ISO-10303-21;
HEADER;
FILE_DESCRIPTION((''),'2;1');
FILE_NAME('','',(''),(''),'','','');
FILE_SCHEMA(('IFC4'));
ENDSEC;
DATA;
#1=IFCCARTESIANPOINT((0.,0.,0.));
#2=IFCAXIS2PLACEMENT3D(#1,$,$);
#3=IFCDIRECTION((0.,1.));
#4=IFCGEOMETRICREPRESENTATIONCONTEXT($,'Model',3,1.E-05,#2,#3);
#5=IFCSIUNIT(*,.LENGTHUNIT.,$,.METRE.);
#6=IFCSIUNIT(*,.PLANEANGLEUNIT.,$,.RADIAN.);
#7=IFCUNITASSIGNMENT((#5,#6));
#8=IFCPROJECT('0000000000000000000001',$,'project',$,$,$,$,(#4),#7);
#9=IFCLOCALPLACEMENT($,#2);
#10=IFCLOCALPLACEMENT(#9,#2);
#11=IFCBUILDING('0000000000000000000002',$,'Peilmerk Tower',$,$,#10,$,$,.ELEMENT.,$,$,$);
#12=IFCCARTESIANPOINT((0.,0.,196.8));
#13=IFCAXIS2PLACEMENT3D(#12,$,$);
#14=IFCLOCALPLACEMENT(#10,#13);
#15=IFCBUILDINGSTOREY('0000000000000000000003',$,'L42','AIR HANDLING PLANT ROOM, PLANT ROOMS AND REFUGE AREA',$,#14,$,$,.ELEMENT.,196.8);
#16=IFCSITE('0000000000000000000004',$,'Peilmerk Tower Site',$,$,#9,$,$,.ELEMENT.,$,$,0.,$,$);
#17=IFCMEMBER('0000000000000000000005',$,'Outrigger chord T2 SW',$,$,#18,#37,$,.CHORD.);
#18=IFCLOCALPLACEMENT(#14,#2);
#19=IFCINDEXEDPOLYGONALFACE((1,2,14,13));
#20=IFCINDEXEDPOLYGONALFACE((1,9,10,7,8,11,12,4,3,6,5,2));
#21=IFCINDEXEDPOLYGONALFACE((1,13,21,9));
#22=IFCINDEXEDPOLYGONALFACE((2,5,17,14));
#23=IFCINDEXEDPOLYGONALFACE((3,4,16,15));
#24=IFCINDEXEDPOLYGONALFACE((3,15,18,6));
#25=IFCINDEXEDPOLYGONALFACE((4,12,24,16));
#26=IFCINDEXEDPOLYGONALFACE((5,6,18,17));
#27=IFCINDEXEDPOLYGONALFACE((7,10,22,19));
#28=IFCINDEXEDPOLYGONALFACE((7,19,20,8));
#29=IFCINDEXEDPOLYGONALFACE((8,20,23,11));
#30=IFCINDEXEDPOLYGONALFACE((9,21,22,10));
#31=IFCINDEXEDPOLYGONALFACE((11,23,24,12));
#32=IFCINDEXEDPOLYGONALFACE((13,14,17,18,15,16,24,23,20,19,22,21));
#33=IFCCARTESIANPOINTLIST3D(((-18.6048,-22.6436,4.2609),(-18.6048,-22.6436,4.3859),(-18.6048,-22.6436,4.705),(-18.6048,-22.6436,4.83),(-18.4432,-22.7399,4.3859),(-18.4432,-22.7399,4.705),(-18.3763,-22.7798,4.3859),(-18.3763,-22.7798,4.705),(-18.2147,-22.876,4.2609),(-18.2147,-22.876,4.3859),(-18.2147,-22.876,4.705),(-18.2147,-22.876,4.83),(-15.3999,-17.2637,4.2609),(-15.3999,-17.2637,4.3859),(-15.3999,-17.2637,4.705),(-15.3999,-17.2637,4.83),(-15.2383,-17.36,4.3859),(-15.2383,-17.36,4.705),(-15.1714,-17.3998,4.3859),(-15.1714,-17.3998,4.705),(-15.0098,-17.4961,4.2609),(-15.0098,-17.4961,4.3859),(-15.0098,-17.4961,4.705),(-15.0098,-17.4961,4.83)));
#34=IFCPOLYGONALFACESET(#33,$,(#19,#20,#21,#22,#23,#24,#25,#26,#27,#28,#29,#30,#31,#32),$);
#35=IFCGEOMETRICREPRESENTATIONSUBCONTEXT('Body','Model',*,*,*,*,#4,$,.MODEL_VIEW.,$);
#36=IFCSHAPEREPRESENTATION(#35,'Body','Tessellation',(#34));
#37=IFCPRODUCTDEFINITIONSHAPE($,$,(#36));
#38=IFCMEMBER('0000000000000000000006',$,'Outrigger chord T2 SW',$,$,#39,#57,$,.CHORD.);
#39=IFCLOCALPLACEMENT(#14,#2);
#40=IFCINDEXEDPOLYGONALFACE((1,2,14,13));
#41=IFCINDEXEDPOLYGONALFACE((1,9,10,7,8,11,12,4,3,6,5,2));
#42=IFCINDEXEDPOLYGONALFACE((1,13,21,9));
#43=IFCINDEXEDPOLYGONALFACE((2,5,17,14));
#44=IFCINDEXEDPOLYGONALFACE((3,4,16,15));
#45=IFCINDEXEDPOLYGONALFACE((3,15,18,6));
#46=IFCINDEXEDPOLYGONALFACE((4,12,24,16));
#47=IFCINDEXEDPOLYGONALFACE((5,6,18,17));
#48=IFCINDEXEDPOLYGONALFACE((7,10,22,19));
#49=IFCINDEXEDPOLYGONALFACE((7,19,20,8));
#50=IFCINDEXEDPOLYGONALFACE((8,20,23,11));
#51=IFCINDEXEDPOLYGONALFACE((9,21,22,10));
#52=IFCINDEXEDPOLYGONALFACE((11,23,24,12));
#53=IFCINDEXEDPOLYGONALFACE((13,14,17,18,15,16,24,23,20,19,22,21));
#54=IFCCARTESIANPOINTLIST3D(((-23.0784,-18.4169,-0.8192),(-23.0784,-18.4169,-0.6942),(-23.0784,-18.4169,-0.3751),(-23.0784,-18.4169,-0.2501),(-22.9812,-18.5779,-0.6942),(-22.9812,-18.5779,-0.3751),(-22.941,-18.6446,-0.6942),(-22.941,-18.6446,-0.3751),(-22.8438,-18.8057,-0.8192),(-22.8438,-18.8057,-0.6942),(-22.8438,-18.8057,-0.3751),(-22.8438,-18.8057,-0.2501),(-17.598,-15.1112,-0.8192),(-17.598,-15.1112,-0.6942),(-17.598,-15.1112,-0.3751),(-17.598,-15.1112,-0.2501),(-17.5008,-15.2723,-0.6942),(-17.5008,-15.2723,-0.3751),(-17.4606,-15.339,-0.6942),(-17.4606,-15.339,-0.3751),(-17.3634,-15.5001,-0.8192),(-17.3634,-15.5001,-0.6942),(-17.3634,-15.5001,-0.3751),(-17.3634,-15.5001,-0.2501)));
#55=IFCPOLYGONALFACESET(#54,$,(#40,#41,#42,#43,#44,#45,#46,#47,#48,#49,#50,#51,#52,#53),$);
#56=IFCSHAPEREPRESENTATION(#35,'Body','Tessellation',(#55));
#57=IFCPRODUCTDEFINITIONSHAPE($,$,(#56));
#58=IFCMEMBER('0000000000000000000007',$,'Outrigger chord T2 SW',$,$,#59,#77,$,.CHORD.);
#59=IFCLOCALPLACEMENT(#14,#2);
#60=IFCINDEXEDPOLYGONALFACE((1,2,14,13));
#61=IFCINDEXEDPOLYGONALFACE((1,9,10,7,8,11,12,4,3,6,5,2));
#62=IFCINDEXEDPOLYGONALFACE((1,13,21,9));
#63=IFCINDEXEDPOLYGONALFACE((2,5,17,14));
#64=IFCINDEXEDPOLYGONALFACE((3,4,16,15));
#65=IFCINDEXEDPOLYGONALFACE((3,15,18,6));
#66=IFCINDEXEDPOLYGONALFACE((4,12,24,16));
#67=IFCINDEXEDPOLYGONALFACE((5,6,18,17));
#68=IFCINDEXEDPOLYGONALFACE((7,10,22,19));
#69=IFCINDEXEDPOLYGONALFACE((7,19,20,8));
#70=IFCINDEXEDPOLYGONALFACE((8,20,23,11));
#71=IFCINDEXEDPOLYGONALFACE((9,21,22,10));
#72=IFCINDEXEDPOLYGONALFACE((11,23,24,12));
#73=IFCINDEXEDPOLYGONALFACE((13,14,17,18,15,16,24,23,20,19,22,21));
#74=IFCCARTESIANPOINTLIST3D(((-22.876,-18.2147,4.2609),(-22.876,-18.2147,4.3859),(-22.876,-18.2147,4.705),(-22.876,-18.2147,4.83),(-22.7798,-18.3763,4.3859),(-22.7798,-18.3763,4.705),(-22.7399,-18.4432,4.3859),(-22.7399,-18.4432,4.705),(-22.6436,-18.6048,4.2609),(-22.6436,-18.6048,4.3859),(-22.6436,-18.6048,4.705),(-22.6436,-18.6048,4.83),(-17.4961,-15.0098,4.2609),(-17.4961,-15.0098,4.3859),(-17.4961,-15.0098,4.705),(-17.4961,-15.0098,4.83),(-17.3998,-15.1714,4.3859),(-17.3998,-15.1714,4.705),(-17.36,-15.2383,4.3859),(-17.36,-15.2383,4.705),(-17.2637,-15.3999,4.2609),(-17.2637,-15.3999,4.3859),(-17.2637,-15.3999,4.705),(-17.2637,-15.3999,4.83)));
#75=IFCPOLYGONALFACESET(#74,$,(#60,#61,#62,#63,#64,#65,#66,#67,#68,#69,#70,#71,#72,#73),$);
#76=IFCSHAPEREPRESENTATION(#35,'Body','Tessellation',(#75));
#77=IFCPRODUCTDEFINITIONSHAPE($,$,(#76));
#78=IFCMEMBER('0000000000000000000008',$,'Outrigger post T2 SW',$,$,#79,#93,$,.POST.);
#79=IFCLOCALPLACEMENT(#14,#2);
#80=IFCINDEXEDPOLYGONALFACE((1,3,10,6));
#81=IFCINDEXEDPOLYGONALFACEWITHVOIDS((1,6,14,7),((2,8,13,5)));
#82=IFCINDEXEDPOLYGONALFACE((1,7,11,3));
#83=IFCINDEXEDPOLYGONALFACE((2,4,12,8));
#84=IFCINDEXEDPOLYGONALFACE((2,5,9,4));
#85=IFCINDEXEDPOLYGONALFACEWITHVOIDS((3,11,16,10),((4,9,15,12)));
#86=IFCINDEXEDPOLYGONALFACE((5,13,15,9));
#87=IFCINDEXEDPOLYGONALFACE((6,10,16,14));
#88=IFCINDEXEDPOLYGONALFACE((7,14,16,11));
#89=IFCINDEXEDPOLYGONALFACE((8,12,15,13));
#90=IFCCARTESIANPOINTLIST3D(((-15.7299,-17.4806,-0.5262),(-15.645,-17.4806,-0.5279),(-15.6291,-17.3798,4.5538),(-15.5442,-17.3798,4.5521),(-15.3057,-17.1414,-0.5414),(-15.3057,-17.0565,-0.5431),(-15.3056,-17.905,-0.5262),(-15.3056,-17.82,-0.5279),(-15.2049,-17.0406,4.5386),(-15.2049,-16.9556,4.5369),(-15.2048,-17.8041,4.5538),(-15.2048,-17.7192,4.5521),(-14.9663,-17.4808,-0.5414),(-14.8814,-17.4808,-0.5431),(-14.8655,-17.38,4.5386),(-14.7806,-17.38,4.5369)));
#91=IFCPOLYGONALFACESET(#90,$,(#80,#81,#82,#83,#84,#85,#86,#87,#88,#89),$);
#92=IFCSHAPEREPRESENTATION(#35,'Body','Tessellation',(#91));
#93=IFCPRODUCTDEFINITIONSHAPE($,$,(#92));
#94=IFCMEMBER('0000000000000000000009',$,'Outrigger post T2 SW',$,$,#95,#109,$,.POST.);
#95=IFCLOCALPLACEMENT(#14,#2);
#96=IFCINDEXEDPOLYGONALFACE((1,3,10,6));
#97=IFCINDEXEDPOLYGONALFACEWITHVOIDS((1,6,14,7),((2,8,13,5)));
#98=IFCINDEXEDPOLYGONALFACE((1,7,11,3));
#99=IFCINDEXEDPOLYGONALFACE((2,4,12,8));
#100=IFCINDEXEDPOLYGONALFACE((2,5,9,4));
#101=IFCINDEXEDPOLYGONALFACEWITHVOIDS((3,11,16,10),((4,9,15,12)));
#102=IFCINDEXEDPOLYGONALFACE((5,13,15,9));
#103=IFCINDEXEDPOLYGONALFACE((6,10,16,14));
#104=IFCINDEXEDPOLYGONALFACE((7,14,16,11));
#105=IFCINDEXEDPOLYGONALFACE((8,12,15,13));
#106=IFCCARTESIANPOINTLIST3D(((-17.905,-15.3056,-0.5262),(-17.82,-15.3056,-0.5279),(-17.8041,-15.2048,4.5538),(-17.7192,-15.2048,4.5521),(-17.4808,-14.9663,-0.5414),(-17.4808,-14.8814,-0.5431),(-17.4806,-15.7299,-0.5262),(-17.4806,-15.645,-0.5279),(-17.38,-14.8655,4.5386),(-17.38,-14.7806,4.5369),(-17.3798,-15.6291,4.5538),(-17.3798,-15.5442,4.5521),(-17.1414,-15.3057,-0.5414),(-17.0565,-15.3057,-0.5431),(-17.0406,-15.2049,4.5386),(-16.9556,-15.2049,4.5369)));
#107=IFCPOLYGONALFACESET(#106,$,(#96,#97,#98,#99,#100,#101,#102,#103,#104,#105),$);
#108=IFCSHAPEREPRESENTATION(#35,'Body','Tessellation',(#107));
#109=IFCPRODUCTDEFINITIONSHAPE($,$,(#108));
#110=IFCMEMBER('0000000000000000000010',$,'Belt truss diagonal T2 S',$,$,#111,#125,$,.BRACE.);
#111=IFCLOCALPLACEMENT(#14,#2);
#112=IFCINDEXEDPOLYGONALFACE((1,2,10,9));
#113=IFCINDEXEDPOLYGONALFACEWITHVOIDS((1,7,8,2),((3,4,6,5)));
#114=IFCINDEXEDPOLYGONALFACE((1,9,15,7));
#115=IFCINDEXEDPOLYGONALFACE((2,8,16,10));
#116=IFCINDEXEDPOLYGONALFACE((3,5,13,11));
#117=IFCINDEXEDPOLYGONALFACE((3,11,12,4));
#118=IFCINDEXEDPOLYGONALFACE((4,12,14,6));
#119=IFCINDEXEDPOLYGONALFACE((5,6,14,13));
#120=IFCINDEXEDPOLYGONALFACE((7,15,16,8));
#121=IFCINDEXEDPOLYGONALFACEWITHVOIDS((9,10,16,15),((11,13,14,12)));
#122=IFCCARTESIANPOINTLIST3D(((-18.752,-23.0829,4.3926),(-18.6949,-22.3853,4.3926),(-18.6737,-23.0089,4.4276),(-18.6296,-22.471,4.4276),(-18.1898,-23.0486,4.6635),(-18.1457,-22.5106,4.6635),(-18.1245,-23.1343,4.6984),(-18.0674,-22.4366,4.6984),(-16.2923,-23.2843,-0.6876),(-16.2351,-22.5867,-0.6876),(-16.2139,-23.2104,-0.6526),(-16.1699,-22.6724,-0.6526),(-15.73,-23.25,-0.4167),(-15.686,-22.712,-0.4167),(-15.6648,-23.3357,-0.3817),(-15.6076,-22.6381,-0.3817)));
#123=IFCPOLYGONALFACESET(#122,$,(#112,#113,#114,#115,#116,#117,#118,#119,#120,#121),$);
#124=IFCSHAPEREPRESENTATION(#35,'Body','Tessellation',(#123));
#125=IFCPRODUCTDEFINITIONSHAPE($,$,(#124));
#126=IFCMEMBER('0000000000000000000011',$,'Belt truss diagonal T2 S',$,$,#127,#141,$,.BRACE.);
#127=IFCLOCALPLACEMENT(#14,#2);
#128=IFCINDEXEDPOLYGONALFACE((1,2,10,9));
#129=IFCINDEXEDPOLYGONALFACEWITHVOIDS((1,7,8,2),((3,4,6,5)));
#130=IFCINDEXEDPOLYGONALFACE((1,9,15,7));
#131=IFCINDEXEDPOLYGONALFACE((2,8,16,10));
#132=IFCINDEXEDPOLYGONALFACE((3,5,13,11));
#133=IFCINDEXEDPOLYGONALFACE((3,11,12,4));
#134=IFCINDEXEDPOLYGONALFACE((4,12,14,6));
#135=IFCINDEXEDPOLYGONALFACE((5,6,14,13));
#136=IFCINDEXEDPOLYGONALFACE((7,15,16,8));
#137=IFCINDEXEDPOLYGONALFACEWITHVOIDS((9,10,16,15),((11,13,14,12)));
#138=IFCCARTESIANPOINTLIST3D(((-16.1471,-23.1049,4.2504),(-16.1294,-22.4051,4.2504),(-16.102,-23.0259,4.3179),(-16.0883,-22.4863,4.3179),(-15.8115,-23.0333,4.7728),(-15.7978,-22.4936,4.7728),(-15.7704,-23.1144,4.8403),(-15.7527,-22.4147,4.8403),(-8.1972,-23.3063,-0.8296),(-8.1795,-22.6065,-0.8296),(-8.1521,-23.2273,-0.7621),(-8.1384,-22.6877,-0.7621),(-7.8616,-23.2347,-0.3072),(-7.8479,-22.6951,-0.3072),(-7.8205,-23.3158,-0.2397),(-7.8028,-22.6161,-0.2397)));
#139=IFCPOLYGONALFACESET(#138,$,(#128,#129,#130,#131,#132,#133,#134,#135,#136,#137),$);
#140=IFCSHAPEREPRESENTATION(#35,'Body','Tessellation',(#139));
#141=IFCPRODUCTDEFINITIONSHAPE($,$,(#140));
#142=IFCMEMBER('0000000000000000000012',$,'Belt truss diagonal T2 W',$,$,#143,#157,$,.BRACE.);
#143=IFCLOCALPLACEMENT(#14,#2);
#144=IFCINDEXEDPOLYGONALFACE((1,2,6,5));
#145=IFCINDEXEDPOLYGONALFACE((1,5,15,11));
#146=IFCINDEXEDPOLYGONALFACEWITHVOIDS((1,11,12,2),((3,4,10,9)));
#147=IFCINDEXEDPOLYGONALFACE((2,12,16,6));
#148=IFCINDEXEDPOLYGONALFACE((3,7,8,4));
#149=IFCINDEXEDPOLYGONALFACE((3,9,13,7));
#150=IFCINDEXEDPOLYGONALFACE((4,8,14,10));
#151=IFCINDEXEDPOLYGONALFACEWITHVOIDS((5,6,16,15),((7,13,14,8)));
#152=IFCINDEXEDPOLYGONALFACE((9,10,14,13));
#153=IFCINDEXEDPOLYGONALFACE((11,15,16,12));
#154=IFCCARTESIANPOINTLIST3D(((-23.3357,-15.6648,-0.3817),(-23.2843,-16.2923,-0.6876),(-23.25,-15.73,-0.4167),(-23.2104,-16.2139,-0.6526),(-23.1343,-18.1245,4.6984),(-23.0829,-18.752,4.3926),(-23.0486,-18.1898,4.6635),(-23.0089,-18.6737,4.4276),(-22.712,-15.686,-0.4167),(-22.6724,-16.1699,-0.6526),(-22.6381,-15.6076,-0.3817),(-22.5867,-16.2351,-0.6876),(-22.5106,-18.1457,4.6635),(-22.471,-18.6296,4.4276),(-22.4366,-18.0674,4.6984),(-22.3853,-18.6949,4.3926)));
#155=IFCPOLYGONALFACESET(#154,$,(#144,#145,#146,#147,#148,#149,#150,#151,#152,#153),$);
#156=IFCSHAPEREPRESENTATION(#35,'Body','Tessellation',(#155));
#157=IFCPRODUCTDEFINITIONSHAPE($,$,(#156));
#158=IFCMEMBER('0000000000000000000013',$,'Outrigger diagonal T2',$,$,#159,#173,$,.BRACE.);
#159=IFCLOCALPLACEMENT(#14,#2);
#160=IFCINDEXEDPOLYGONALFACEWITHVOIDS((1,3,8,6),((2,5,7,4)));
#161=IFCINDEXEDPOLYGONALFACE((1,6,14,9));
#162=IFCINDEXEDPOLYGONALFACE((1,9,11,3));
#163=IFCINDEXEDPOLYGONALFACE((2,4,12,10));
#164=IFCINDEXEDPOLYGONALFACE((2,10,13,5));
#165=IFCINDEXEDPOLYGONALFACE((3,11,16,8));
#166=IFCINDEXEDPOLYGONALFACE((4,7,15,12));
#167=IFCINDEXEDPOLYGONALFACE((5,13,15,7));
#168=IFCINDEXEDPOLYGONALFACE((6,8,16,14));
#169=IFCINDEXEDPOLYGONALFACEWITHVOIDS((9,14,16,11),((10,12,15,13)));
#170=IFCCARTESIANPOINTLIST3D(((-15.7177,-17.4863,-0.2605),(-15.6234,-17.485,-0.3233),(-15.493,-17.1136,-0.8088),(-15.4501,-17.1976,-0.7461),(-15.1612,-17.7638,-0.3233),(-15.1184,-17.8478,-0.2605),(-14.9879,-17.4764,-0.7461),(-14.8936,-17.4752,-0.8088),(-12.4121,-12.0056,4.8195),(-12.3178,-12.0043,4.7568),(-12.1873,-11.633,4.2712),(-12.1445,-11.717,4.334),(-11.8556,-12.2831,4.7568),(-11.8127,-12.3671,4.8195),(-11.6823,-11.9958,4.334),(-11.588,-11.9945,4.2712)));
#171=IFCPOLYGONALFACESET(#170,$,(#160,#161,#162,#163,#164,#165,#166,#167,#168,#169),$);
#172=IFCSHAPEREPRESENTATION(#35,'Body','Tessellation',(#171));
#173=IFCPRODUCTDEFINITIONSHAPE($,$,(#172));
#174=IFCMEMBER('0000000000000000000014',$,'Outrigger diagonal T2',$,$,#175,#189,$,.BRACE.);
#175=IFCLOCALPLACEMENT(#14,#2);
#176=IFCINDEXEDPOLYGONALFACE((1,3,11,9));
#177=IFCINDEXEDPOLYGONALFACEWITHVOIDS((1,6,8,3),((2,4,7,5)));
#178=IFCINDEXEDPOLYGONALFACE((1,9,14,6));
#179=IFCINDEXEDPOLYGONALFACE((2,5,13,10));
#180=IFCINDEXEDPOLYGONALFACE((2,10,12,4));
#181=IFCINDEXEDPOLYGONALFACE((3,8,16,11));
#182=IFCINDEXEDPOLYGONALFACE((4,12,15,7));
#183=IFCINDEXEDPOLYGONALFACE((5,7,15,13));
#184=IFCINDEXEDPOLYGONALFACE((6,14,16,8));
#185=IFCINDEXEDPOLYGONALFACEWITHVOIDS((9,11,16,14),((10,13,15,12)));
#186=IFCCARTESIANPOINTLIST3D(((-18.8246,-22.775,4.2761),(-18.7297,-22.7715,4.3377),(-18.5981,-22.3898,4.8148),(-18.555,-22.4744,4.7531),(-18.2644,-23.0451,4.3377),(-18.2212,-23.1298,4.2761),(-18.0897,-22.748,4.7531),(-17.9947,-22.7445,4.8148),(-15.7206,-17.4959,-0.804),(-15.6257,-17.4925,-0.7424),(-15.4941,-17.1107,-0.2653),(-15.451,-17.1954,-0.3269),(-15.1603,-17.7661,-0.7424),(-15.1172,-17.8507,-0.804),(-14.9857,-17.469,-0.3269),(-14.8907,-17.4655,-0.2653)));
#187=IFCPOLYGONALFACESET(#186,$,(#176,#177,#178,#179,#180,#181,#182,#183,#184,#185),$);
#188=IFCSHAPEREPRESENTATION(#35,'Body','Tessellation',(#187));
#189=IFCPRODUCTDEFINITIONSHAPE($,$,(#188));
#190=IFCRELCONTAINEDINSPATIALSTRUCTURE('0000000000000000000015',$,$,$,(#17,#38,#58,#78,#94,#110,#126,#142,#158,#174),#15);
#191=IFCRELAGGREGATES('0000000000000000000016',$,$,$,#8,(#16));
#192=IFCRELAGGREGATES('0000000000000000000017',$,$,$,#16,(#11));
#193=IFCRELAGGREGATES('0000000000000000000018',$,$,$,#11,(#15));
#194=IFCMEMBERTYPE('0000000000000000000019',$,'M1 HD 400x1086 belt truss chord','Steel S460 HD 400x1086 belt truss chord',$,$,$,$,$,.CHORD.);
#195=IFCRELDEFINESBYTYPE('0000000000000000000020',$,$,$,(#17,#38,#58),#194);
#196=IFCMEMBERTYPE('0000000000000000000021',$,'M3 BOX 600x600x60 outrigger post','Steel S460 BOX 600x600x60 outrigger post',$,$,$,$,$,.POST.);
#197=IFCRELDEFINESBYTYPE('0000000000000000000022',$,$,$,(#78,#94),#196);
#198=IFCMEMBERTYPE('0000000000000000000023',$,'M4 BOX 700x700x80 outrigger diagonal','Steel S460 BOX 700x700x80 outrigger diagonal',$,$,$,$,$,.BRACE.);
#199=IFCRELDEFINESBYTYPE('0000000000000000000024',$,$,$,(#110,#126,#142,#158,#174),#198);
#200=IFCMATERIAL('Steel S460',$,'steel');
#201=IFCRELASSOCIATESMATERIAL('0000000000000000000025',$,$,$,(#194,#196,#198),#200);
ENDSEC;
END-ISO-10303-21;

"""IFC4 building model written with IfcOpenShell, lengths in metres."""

from ifc_helpers import new_model, si_unit, direction, frame, origin, origin_2d, place, context, subcontext, project, spatial, hollow_rectangle, i_section, extrude, material, material_profile, profile_set, type_object, element, save


model = new_model("IFC4")

# Units and contexts
model_context = context("Model", 3, precision=1e-05, world=origin(), true_north=direction((0.0, 1.0)))
body_context = subcontext(model_context, "Body", "Model", "MODEL_VIEW")
ifc_project = project(units=[si_unit("LENGTHUNIT", "METRE"), si_unit("PLANEANGLEUNIT", "RADIAN")], contexts=[model_context])

# Site, building, storey
site_placement = place(None, origin())
site = spatial("IfcSite", under=ifc_project, at=site_placement, Name="Peilmerk Tower Site", CompositionType="ELEMENT", RefElevation=0.0)
building_placement = place(site_placement, origin())
building = spatial("IfcBuilding", under=site, at=building_placement, Name="Peilmerk Tower", CompositionType="ELEMENT")
storey_placement = place(building_placement, frame((0.0, 0.0, 196.8)))
storey = spatial("IfcBuildingStorey", under=building, at=storey_placement, Name="L42", Description="AIR HANDLING PLANT ROOM, PLANT ROOMS AND REFUGE AREA", CompositionType="ELEMENT", Elevation=196.8)

# Shared definitions
ifc_material_1 = material(Name="Steel S460", Category="steel")

# Members
ifc_material_profile_1 = material_profile(ifc_material_1, i_section(OverallWidth=0.4541, OverallDepth=0.5691, WebThickness=0.0779, FlangeThickness=0.125, at=origin_2d()), Name="HD 400x1086")
ifc_profile_set_1 = profile_set([ifc_material_profile_1], Name="Steel S460")
member_type_1 = type_object("IfcMemberType", Name="M1 HD 400x1086 belt truss chord", Description="Steel S460 HD 400x1086 belt truss chord", PredefinedType="CHORD", material=ifc_profile_set_1)
member_1_placement = place(storey_placement, frame((-15.2048, -17.3799, 4.5454), z_axis=(-0.511781, -0.859116, 0.0), x_axis=(0.859116, -0.511781, 0.0)))
element("IfcMember", 1, at=member_1_placement, inside=storey, type_object=member_type_1, Name="Outrigger chord T2 SW", PredefinedType="CHORD", context=body_context, shape_type="SweptSolid", body=[
    extrude(i_section(OverallWidth=0.4541, OverallDepth=0.5691, WebThickness=0.0779, FlangeThickness=0.125, at=origin_2d()), origin(), (0.0, 0.0, 1.0), 6.2622),
])
member_2_placement = place(storey_placement, frame((-17.4807, -15.3057, -0.5347), z_axis=(-0.856292, -0.516491, 0.0), x_axis=(0.516491, -0.856292, 0.0)))
element("IfcMember", 2, at=member_2_placement, inside=storey, type_object=member_type_1, Name="Outrigger chord T2 SW", PredefinedType="CHORD", context=body_context, shape_type="SweptSolid", body=[
    extrude(i_section(OverallWidth=0.4541, OverallDepth=0.5691, WebThickness=0.0779, FlangeThickness=0.125, at=origin_2d()), origin(), (0.0, 0.0, 1.0), 6.4001),
])
member_3_placement = place(storey_placement, frame((-17.3799, -15.2048, 4.5454), z_axis=(-0.859116, -0.511781, 0.0), x_axis=(0.511781, -0.859116, 0.0)))
element("IfcMember", 3, at=member_3_placement, inside=storey, type_object=member_type_1, Name="Outrigger chord T2 SW", PredefinedType="CHORD", context=body_context, shape_type="SweptSolid", body=[
    extrude(i_section(OverallWidth=0.4541, OverallDepth=0.5691, WebThickness=0.0779, FlangeThickness=0.125, at=origin_2d()), origin(), (0.0, 0.0, 1.0), 6.2622),
])
ifc_material_profile_2 = material_profile(ifc_material_1, hollow_rectangle(XDim=0.6001, YDim=0.6001, WallThickness=0.0601, at=origin_2d()), Name="BOX 600x600x60")
ifc_profile_set_2 = profile_set([ifc_material_profile_2], Name="Steel S460")
member_type_2 = type_object("IfcMemberType", Name="M3 BOX 600x600x60 outrigger post", Description="Steel S460 BOX 600x600x60 outrigger post", PredefinedType="POST", material=ifc_profile_set_2)
for number, where, z_axis, x_axis, name in (
    (4, (-15.3057, -17.4807, -0.5347), (0.01984, 0.01984, 0.999606), (-0.707107, 0.707107, 0.0), "Outrigger post T2 SW"),
    (5, (-17.4807, -15.3057, -0.5347), (0.01984, 0.01984, 0.999606), (-0.707107, 0.707107, 0.0), "Outrigger post T2 SW"),
):
    element("IfcMember", number, at=place(storey_placement, frame(where, z_axis=z_axis, x_axis=x_axis)), inside=storey, type_object=member_type_2, Name=name, PredefinedType="POST", context=body_context, shape_type="SweptSolid", body=[
        extrude(hollow_rectangle(XDim=0.6001, YDim=0.6001, WallThickness=0.0601, at=origin_2d()), origin(), (0.0, 0.0, 1.0), 5.082),
    ])
ifc_material_profile_3 = material_profile(ifc_material_1, hollow_rectangle(XDim=0.7, YDim=0.7, WallThickness=0.0801, at=origin_2d()), Name="BOX 700x700x80")
ifc_profile_set_3 = profile_set([ifc_material_profile_3], Name="Steel S460")
member_type_3 = type_object("IfcMemberType", Name="M4 BOX 700x700x80 outrigger diagonal", Description="Steel S460 BOX 700x700x80 outrigger diagonal", PredefinedType="BRACE", material=ifc_profile_set_3)
member_4_placement = place(storey_placement, frame((-15.95, -22.9612, -0.5347), z_axis=(-0.435515, 0.035663, 0.899475), x_axis=(-0.081613, -0.996664, 0.0)))
element("IfcMember", 6, at=member_4_placement, inside=storey, type_object=member_type_3, Name="Belt truss diagonal T2 S", PredefinedType="BRACE", context=body_context, shape_type="SweptSolid", body=[
    extrude(hollow_rectangle(XDim=0.7, YDim=0.7, WallThickness=0.0801, at=origin_2d()), origin(), (0.0, 0.0, 1.0), 5.6479),
])
member_5_placement = place(storey_placement, frame((-8.0, -22.9612, -0.5347), z_axis=(-0.842459, 0.021344, 0.538338), x_axis=(-0.025327, -0.999679, 0.0)))
element("IfcMember", 7, at=member_5_placement, inside=storey, type_object=member_type_3, Name="Belt truss diagonal T2 S", PredefinedType="BRACE", context=body_context, shape_type="SweptSolid", body=[
    extrude(hollow_rectangle(XDim=0.7, YDim=0.7, WallThickness=0.0801, at=origin_2d()), origin(), (0.0, 0.0, 1.0), 9.4365),
])
member_6_placement = place(storey_placement, frame((-22.9612, -15.95, -0.5347), z_axis=(0.035663, -0.435515, 0.899475), x_axis=(0.996664, 0.081613, 0.0)))
element("IfcMember", 8, at=member_6_placement, inside=storey, type_object=member_type_3, Name="Belt truss diagonal T2 W", PredefinedType="BRACE", context=body_context, shape_type="SweptSolid", body=[
    extrude(hollow_rectangle(XDim=0.7, YDim=0.7, WallThickness=0.0801, at=origin_2d()), origin(), (0.0, 0.0, 1.0), 5.6479),
])
member_7_placement = place(storey_placement, frame((-15.3057, -17.4807, -0.5347), z_axis=(0.404538, 0.670714, 0.621685), x_axis=(-0.856303, 0.516475, 0.0)))
element("IfcMember", 9, at=member_7_placement, inside=storey, type_object=member_type_3, Name="Outrigger diagonal T2", PredefinedType="BRACE", context=body_context, shape_type="SweptSolid", body=[
    extrude(hollow_rectangle(XDim=0.7, YDim=0.7, WallThickness=0.0801, at=origin_2d()), origin(), (0.0, 0.0, 1.0), 8.1714),
])
member_8_placement = place(storey_placement, frame((-15.3057, -17.4807, -0.5347), z_axis=(-0.390108, -0.663466, 0.638459), x_axis=(0.862028, -0.50686, 0.0)))
element("IfcMember", 10, at=member_8_placement, inside=storey, type_object=member_type_3, Name="Outrigger diagonal T2", PredefinedType="BRACE", context=body_context, shape_type="SweptSolid", body=[
    extrude(hollow_rectangle(XDim=0.7, YDim=0.7, WallThickness=0.0801, at=origin_2d()), origin(), (0.0, 0.0, 1.0), 7.9568),
])

save(model, "model.ifc")
